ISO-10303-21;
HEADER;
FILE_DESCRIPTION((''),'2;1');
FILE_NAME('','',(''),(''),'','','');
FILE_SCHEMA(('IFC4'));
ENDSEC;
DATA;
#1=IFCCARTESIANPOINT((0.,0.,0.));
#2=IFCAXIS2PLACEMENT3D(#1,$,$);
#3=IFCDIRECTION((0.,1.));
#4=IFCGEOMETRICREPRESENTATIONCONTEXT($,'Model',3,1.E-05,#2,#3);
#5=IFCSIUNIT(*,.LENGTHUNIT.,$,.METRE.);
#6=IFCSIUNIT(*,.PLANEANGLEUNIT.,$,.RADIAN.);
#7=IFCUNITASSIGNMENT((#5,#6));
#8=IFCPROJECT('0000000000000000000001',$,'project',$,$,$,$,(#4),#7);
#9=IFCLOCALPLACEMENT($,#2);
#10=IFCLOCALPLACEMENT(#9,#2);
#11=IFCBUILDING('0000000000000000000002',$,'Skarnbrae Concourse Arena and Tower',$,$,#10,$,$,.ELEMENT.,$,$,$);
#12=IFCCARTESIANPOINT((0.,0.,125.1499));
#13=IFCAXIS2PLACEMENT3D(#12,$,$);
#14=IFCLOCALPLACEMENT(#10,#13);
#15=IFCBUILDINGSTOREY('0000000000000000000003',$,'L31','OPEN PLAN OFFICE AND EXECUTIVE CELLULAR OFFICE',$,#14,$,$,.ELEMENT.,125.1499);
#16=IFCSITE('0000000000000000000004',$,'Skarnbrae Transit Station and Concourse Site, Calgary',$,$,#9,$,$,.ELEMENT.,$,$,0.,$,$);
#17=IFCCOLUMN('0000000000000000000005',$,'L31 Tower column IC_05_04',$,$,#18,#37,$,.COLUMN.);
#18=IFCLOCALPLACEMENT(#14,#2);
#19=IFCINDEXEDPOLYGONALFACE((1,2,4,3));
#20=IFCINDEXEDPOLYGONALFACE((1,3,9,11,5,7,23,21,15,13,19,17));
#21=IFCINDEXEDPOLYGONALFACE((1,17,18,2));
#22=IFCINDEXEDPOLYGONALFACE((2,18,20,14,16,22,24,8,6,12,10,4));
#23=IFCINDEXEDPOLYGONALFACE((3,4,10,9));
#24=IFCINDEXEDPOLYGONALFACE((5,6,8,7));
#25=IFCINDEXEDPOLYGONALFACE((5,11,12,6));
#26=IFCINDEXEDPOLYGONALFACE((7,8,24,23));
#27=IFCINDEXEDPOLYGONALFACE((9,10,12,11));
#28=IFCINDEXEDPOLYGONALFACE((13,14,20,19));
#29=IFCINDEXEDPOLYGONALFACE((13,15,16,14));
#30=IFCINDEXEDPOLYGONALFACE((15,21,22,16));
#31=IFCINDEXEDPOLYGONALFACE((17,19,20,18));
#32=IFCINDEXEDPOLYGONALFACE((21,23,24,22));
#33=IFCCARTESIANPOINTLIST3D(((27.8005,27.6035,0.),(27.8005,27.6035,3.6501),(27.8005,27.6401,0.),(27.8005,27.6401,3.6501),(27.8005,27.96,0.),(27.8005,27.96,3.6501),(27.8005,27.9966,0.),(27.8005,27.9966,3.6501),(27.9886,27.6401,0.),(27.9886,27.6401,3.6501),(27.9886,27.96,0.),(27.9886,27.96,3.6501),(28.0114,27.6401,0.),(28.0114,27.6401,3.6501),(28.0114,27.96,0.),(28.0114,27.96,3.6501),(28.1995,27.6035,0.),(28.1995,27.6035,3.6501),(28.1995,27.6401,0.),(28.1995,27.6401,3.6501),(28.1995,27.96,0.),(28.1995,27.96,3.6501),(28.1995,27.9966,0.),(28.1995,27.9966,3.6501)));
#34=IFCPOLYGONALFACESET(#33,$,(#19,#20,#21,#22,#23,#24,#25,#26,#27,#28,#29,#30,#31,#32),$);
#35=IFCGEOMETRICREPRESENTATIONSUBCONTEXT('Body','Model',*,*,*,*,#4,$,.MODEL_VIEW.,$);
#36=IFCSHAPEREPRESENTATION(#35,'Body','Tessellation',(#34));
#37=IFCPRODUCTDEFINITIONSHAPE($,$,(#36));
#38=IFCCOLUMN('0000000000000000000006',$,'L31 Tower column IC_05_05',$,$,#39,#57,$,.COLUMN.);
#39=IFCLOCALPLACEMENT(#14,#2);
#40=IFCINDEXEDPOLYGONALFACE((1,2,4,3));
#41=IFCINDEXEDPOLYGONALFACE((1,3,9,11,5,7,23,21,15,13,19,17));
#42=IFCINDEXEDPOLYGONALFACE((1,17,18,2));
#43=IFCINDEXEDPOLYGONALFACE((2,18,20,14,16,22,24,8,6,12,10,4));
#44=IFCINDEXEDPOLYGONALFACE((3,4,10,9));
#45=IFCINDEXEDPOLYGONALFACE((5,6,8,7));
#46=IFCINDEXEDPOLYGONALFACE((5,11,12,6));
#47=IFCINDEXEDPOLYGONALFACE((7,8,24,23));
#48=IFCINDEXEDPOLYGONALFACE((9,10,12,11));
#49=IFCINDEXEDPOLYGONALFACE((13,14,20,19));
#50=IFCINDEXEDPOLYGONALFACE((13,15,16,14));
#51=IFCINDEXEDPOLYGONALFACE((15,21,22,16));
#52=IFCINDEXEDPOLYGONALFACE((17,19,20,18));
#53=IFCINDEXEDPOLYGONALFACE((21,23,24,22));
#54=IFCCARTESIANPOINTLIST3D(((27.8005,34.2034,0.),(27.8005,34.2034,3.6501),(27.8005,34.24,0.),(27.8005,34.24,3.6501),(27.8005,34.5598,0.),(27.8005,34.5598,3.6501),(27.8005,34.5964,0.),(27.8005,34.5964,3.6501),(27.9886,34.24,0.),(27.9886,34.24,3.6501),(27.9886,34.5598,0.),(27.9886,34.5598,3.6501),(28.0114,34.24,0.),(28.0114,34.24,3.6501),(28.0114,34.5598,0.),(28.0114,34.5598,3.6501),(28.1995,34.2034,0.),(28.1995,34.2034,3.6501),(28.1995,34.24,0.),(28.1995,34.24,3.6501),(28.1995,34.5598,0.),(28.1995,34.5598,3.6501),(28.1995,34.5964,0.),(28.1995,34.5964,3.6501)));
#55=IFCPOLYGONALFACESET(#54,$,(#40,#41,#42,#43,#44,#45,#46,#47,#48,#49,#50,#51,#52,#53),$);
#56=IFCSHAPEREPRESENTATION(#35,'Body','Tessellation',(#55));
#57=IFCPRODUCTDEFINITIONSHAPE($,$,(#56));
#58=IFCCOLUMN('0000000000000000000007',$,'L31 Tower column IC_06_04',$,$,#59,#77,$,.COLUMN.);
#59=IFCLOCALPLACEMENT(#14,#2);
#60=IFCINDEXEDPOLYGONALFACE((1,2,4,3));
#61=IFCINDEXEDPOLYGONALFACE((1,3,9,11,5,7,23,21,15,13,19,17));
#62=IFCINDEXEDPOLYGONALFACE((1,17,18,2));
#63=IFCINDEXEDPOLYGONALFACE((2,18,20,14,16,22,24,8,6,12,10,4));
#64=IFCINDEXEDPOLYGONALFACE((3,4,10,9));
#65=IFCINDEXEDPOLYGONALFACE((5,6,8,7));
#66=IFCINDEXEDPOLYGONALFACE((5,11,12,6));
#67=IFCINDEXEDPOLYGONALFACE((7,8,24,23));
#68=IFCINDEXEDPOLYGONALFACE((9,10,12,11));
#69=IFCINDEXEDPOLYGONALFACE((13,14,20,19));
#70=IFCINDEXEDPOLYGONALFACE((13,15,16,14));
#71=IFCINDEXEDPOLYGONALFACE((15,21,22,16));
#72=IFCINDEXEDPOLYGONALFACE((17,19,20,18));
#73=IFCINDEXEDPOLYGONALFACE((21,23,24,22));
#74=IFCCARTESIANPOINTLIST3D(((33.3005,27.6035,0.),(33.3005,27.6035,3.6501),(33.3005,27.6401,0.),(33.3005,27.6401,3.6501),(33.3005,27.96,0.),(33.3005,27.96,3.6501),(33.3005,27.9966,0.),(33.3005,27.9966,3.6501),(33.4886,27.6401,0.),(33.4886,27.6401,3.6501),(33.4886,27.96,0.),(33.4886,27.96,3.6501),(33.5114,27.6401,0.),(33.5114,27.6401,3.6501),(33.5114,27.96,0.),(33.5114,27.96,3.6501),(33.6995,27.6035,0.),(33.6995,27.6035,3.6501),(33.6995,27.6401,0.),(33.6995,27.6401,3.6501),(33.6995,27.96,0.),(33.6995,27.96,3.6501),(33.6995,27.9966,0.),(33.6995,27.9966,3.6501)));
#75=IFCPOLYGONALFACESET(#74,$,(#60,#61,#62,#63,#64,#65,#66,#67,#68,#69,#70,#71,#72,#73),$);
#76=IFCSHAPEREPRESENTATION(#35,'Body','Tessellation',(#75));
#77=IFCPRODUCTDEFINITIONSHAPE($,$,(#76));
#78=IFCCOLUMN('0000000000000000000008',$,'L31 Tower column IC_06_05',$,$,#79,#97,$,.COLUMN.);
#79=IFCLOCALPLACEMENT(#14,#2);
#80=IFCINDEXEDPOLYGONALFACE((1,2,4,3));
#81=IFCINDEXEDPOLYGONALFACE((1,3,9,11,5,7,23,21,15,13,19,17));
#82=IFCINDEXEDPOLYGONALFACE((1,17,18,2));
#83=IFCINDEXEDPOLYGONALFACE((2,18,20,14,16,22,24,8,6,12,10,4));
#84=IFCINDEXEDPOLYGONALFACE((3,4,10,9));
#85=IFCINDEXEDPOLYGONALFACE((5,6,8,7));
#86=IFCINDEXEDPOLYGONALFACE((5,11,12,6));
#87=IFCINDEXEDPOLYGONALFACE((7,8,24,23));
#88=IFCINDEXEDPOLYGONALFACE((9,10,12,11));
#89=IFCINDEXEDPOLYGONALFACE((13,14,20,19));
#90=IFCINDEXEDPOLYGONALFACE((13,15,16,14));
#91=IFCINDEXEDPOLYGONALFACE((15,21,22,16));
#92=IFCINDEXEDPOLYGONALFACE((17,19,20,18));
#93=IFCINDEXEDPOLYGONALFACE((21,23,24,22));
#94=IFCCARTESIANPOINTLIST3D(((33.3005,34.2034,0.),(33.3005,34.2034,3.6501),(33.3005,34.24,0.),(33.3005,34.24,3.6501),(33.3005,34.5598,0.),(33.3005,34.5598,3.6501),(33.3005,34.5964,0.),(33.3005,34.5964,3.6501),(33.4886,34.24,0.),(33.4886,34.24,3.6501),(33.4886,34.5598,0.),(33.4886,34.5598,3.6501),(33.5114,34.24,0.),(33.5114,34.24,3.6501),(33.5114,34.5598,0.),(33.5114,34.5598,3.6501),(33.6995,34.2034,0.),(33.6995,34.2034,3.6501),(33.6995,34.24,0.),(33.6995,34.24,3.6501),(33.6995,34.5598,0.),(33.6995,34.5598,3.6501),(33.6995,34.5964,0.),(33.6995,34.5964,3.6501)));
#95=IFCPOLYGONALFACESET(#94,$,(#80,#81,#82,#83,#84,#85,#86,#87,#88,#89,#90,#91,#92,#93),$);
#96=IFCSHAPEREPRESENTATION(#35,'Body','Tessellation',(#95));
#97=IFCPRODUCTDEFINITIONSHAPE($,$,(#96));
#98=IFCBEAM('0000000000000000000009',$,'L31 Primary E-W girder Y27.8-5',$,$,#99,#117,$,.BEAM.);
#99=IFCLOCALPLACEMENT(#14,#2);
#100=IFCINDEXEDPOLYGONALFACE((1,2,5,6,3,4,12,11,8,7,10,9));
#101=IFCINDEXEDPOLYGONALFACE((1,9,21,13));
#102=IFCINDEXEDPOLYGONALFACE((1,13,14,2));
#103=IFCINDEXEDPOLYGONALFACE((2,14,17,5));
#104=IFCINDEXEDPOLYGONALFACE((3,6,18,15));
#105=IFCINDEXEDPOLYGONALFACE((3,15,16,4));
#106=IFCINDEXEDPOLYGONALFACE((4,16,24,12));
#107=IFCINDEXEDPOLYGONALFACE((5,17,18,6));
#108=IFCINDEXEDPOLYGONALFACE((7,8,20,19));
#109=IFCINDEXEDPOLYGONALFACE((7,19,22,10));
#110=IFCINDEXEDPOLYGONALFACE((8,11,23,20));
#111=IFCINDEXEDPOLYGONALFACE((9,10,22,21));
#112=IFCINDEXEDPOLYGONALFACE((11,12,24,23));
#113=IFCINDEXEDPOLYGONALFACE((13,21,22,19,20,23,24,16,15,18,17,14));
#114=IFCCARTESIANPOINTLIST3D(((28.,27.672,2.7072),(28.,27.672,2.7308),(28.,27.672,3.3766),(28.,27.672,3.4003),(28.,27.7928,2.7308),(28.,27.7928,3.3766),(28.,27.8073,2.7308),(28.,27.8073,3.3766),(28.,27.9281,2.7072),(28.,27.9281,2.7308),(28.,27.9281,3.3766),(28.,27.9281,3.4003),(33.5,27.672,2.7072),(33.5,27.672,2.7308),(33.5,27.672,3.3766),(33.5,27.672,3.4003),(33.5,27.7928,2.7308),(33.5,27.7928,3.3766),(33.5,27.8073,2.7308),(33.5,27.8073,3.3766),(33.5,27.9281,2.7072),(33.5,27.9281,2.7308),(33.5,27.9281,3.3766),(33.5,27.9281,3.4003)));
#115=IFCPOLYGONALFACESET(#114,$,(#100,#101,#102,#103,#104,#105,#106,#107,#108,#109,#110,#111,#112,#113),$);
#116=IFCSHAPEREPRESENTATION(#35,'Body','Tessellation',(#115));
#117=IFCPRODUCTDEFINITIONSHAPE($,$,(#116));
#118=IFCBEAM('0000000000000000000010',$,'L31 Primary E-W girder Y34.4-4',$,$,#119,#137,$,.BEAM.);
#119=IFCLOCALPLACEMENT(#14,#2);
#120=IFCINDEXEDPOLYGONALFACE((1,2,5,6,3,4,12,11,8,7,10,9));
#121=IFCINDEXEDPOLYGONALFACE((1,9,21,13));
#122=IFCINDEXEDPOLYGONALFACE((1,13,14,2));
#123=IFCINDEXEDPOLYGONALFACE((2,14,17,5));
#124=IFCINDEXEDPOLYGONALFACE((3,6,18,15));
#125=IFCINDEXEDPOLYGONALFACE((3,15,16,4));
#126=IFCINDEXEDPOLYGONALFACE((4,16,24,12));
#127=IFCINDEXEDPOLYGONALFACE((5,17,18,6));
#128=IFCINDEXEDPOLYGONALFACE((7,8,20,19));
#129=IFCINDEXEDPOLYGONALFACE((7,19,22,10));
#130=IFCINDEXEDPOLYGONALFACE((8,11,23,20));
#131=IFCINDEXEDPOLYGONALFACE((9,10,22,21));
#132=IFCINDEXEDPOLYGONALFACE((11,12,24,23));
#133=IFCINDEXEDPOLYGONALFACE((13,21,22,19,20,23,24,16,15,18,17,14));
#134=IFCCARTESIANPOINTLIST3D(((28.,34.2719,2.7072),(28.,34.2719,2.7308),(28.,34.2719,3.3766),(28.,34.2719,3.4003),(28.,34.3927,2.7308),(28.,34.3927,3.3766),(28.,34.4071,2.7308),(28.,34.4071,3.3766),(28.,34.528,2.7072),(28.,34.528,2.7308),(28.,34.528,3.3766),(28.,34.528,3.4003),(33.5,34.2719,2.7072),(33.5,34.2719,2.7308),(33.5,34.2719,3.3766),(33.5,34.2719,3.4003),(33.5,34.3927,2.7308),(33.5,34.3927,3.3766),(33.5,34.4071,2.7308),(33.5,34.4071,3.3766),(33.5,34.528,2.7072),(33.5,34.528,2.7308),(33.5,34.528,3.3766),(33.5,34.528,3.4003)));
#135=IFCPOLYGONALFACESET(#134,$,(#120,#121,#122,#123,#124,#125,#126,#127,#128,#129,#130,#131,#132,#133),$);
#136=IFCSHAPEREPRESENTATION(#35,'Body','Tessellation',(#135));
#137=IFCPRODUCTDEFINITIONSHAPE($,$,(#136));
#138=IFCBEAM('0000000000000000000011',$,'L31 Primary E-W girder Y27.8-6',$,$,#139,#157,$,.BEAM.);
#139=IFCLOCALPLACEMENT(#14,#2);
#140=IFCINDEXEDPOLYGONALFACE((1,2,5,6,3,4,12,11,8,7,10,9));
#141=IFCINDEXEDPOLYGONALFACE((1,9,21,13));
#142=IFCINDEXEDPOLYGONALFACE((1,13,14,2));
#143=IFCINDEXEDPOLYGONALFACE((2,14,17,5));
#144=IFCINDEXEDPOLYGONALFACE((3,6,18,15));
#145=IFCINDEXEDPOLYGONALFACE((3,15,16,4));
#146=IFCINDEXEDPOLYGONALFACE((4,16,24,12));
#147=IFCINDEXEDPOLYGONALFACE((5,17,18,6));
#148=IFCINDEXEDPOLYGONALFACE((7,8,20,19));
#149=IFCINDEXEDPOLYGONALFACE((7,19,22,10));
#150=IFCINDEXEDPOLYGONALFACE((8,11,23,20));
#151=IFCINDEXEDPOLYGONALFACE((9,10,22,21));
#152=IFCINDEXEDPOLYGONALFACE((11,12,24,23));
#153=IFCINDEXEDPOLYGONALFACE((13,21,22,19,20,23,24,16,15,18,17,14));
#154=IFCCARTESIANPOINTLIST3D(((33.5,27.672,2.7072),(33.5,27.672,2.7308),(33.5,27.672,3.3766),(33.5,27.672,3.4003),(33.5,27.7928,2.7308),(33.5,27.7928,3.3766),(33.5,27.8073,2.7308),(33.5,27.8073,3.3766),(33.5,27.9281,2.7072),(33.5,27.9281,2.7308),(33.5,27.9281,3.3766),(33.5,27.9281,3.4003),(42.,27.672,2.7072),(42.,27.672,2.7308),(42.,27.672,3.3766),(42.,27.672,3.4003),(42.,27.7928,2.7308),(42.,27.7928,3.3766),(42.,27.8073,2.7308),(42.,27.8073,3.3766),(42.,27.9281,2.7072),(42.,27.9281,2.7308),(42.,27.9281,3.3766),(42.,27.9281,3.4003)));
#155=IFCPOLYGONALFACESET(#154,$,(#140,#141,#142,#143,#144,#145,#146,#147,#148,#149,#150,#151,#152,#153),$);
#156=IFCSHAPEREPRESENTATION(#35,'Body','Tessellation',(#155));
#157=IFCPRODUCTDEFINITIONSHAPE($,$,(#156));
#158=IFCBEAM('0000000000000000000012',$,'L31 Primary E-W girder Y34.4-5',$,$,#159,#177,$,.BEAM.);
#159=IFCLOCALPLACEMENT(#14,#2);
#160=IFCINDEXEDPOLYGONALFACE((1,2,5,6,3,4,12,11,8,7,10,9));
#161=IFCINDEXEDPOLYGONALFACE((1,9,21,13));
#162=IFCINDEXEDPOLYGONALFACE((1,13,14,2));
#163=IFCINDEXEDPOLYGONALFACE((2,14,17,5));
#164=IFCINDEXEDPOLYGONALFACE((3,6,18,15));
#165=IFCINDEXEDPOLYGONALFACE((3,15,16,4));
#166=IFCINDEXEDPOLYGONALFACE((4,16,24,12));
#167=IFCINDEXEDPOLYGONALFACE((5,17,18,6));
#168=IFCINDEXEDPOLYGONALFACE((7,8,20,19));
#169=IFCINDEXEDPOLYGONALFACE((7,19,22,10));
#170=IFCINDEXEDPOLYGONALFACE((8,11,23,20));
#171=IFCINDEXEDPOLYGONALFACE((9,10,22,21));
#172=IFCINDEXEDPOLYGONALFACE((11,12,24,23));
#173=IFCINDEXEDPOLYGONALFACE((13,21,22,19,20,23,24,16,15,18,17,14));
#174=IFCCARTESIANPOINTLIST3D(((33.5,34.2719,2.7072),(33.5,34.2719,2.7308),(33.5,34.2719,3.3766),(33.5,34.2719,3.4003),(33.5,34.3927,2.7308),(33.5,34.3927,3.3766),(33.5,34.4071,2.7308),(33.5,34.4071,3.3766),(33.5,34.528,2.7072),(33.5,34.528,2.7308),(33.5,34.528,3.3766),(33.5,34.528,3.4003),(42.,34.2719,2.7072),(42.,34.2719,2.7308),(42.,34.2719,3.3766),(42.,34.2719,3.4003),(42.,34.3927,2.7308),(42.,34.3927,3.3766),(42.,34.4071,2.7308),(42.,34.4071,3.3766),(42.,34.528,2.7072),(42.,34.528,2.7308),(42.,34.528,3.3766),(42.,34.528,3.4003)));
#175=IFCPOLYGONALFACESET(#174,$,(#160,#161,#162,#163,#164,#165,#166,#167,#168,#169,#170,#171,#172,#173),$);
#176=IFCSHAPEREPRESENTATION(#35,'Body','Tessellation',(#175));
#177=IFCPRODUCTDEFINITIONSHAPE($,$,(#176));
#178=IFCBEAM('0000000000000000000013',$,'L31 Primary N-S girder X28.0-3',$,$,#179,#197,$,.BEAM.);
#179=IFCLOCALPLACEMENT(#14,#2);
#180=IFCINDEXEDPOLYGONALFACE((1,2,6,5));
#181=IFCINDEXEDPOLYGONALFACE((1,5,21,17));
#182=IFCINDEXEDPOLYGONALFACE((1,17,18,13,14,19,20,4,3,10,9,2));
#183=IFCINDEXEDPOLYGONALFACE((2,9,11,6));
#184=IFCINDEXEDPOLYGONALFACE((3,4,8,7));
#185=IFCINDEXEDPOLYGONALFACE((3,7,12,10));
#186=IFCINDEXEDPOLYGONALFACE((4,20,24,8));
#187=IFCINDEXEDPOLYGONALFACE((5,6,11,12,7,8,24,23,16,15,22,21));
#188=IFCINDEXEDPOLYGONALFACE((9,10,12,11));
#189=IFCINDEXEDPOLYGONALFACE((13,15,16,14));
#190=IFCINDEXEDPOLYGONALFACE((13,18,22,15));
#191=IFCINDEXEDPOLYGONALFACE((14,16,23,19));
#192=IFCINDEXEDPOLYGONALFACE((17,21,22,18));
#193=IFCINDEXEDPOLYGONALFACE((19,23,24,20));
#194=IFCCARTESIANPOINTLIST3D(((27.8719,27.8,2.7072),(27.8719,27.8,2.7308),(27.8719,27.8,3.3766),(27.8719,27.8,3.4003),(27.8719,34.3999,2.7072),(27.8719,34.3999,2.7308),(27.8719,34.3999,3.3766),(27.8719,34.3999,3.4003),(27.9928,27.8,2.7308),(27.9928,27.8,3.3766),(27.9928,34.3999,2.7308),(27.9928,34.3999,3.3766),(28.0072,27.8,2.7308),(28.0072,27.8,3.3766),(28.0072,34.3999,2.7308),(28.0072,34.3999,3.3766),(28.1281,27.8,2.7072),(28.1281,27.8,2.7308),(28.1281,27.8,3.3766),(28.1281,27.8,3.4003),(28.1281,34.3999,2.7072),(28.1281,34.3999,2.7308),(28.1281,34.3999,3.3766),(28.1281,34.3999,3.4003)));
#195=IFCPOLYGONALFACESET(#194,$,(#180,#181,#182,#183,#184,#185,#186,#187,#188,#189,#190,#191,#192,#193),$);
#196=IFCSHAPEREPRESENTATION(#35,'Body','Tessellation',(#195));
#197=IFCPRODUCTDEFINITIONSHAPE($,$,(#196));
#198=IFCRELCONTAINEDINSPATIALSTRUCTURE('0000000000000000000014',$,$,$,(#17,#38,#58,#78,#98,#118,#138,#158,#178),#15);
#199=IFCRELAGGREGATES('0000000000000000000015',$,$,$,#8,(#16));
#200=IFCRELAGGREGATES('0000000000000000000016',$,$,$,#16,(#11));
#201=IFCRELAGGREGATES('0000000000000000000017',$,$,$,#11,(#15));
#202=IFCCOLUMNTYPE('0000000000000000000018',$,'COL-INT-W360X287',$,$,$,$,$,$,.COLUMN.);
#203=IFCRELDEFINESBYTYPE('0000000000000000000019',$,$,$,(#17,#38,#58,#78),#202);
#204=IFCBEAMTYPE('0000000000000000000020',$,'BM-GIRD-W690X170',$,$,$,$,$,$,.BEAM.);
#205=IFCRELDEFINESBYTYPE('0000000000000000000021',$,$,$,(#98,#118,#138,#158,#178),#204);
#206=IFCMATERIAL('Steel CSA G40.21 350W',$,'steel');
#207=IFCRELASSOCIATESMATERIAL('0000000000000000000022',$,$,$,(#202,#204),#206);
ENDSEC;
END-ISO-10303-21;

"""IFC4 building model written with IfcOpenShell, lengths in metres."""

from ifc_helpers import new_model, si_unit, direction, frame, origin, origin_2d, place, context, subcontext, project, spatial, i_section, extrude, source, transform, mapped, material, material_profile, profile_set, type_object, element, save


model = new_model("IFC4")

# Units and contexts
model_context = context("Model", 3, precision=1e-05, world=origin(), true_north=direction((0.0, 1.0)))
body_context = subcontext(model_context, "Body", "Model", "MODEL_VIEW")
ifc_project = project(units=[si_unit("LENGTHUNIT", "METRE"), si_unit("PLANEANGLEUNIT", "RADIAN")], contexts=[model_context])

# Site, building, storey
site_placement = place(None, origin())
site = spatial("IfcSite", under=ifc_project, at=site_placement, Name="Skarnbrae Transit Station and Concourse Site, Calgary", CompositionType="ELEMENT", RefElevation=0.0)
building_placement = place(site_placement, origin())
building = spatial("IfcBuilding", under=site, at=building_placement, Name="Skarnbrae Concourse Arena and Tower", CompositionType="ELEMENT")
storey_placement = place(building_placement, frame((0.0, 0.0, 125.1499)))
storey = spatial("IfcBuildingStorey", under=building, at=storey_placement, Name="L31", Description="OPEN PLAN OFFICE AND EXECUTIVE CELLULAR OFFICE", CompositionType="ELEMENT", Elevation=125.1499)

# Columns
ifc_material_1 = material(Name="Steel CSA G40.21 350W", Category="steel")
ifc_material_profile_1 = material_profile(ifc_material_1, i_section(OverallWidth=0.3989, OverallDepth=0.3931, WebThickness=0.0227, FlangeThickness=0.0366, at=origin_2d()), Name="W360X287")
ifc_profile_set_1 = profile_set([ifc_material_profile_1], Name="Steel CSA G40.21 350W")
column_type = type_object("IfcColumnType", Name="COL-INT-W360X287", PredefinedType="COLUMN", material=ifc_profile_set_1)
shared_shape_1 = source(origin(), body_context, "Body", "SweptSolid", [
    extrude(i_section(OverallWidth=0.3989, OverallDepth=0.3931, WebThickness=0.0227, FlangeThickness=0.0366, at=origin_2d()), origin(), (0.0, 0.0, 1.0), 3.6501),
])
for number, where, z_axis, x_axis, name in (
    (1, (28.0, 27.8, 0.0), (0.0, 0.0, 1.0), (1.0, 0.0, 0.0), "L31 Tower column IC_05_04"),
    (2, (28.0, 34.3999, 0.0), (0.0, 0.0, 1.0), (1.0, 0.0, 0.0), "L31 Tower column IC_05_05"),
    (3, (33.5, 27.8, 0.0), (0.0, 0.0, 1.0), (1.0, 0.0, 0.0), "L31 Tower column IC_06_04"),
    (4, (33.5, 34.3999, 0.0), (0.0, 0.0, 1.0), (1.0, 0.0, 0.0), "L31 Tower column IC_06_05"),
):
    element("IfcColumn", number, at=place(storey_placement, frame(where, z_axis=z_axis, x_axis=x_axis)), inside=storey, type_object=column_type, Name=name, PredefinedType="COLUMN", context=body_context, shape_type="MappedRepresentation", body=[
        mapped(shared_shape_1, transform((0.0, 0.0, 0.0))),
    ])

# Beams
ifc_material_profile_2 = material_profile(ifc_material_1, i_section(OverallWidth=0.2561, OverallDepth=0.6931, WebThickness=0.0144, FlangeThickness=0.0237, at=origin_2d()), Name="W690X170")
ifc_profile_set_2 = profile_set([ifc_material_profile_2], Name="Steel CSA G40.21 350W")
beam_type_1 = type_object("IfcBeamType", Name="BM-GIRD-W690X170", PredefinedType="BEAM", material=ifc_profile_set_2)
shared_shape_2 = source(origin(), body_context, "Body", "SweptSolid", [
    extrude(i_section(OverallWidth=0.2561, OverallDepth=0.6931, WebThickness=0.0144, FlangeThickness=0.0237, at=origin_2d()), origin(), (0.0, 0.0, 1.0), 5.5),
])
for number, where, z_axis, x_axis, name in (
    (5, (28.0, 27.8, 3.0537), (1.0, 0.0, 0.0), (0.0, 1.0, 0.0), "L31 Primary E-W girder Y27.8-5"),
    (6, (28.0, 34.3999, 3.0537), (1.0, 0.0, 0.0), (0.0, 1.0, 0.0), "L31 Primary E-W girder Y34.4-4"),
):
    element("IfcBeam", number, at=place(storey_placement, frame(where, z_axis=z_axis, x_axis=x_axis)), inside=storey, type_object=beam_type_1, Name=name, PredefinedType="BEAM", context=body_context, shape_type="MappedRepresentation", body=[
        mapped(shared_shape_2, transform((0.0, 0.0, 0.0))),
    ])
shared_shape_3 = source(origin(), body_context, "Body", "SweptSolid", [
    extrude(i_section(OverallWidth=0.2561, OverallDepth=0.6931, WebThickness=0.0144, FlangeThickness=0.0237, at=origin_2d()), origin(), (0.0, 0.0, 1.0), 8.5),
])
for number, where, z_axis, x_axis, name in (
    (7, (33.5, 27.8, 3.0537), (1.0, 0.0, 0.0), (0.0, 1.0, 0.0), "L31 Primary E-W girder Y27.8-6"),
    (8, (33.5, 34.3999, 3.0537), (1.0, 0.0, 0.0), (0.0, 1.0, 0.0), "L31 Primary E-W girder Y34.4-5"),
):
    element("IfcBeam", number, at=place(storey_placement, frame(where, z_axis=z_axis, x_axis=x_axis)), inside=storey, type_object=beam_type_1, Name=name, PredefinedType="BEAM", context=body_context, shape_type="MappedRepresentation", body=[
        mapped(shared_shape_3, transform((0.0, 0.0, 0.0))),
    ])
shared_shape_4 = source(origin(), body_context, "Body", "SweptSolid", [
    extrude(i_section(OverallWidth=0.2561, OverallDepth=0.6931, WebThickness=0.0144, FlangeThickness=0.0237, at=origin_2d()), origin(), (0.0, 0.0, 1.0), 6.5999),
])
for number, where, z_axis, x_axis, name in (
    (9, (28.0, 27.8, 3.0537), (0.0, 1.0, 0.0), (-1.0, 0.0, 0.0), "L31 Primary N-S girder X28.0-3"),
):
    element("IfcBeam", number, at=place(storey_placement, frame(where, z_axis=z_axis, x_axis=x_axis)), inside=storey, type_object=beam_type_1, Name=name, PredefinedType="BEAM", context=body_context, shape_type="MappedRepresentation", body=[
        mapped(shared_shape_4, transform((0.0, 0.0, 0.0))),
    ])

save(model, "model.ifc")
